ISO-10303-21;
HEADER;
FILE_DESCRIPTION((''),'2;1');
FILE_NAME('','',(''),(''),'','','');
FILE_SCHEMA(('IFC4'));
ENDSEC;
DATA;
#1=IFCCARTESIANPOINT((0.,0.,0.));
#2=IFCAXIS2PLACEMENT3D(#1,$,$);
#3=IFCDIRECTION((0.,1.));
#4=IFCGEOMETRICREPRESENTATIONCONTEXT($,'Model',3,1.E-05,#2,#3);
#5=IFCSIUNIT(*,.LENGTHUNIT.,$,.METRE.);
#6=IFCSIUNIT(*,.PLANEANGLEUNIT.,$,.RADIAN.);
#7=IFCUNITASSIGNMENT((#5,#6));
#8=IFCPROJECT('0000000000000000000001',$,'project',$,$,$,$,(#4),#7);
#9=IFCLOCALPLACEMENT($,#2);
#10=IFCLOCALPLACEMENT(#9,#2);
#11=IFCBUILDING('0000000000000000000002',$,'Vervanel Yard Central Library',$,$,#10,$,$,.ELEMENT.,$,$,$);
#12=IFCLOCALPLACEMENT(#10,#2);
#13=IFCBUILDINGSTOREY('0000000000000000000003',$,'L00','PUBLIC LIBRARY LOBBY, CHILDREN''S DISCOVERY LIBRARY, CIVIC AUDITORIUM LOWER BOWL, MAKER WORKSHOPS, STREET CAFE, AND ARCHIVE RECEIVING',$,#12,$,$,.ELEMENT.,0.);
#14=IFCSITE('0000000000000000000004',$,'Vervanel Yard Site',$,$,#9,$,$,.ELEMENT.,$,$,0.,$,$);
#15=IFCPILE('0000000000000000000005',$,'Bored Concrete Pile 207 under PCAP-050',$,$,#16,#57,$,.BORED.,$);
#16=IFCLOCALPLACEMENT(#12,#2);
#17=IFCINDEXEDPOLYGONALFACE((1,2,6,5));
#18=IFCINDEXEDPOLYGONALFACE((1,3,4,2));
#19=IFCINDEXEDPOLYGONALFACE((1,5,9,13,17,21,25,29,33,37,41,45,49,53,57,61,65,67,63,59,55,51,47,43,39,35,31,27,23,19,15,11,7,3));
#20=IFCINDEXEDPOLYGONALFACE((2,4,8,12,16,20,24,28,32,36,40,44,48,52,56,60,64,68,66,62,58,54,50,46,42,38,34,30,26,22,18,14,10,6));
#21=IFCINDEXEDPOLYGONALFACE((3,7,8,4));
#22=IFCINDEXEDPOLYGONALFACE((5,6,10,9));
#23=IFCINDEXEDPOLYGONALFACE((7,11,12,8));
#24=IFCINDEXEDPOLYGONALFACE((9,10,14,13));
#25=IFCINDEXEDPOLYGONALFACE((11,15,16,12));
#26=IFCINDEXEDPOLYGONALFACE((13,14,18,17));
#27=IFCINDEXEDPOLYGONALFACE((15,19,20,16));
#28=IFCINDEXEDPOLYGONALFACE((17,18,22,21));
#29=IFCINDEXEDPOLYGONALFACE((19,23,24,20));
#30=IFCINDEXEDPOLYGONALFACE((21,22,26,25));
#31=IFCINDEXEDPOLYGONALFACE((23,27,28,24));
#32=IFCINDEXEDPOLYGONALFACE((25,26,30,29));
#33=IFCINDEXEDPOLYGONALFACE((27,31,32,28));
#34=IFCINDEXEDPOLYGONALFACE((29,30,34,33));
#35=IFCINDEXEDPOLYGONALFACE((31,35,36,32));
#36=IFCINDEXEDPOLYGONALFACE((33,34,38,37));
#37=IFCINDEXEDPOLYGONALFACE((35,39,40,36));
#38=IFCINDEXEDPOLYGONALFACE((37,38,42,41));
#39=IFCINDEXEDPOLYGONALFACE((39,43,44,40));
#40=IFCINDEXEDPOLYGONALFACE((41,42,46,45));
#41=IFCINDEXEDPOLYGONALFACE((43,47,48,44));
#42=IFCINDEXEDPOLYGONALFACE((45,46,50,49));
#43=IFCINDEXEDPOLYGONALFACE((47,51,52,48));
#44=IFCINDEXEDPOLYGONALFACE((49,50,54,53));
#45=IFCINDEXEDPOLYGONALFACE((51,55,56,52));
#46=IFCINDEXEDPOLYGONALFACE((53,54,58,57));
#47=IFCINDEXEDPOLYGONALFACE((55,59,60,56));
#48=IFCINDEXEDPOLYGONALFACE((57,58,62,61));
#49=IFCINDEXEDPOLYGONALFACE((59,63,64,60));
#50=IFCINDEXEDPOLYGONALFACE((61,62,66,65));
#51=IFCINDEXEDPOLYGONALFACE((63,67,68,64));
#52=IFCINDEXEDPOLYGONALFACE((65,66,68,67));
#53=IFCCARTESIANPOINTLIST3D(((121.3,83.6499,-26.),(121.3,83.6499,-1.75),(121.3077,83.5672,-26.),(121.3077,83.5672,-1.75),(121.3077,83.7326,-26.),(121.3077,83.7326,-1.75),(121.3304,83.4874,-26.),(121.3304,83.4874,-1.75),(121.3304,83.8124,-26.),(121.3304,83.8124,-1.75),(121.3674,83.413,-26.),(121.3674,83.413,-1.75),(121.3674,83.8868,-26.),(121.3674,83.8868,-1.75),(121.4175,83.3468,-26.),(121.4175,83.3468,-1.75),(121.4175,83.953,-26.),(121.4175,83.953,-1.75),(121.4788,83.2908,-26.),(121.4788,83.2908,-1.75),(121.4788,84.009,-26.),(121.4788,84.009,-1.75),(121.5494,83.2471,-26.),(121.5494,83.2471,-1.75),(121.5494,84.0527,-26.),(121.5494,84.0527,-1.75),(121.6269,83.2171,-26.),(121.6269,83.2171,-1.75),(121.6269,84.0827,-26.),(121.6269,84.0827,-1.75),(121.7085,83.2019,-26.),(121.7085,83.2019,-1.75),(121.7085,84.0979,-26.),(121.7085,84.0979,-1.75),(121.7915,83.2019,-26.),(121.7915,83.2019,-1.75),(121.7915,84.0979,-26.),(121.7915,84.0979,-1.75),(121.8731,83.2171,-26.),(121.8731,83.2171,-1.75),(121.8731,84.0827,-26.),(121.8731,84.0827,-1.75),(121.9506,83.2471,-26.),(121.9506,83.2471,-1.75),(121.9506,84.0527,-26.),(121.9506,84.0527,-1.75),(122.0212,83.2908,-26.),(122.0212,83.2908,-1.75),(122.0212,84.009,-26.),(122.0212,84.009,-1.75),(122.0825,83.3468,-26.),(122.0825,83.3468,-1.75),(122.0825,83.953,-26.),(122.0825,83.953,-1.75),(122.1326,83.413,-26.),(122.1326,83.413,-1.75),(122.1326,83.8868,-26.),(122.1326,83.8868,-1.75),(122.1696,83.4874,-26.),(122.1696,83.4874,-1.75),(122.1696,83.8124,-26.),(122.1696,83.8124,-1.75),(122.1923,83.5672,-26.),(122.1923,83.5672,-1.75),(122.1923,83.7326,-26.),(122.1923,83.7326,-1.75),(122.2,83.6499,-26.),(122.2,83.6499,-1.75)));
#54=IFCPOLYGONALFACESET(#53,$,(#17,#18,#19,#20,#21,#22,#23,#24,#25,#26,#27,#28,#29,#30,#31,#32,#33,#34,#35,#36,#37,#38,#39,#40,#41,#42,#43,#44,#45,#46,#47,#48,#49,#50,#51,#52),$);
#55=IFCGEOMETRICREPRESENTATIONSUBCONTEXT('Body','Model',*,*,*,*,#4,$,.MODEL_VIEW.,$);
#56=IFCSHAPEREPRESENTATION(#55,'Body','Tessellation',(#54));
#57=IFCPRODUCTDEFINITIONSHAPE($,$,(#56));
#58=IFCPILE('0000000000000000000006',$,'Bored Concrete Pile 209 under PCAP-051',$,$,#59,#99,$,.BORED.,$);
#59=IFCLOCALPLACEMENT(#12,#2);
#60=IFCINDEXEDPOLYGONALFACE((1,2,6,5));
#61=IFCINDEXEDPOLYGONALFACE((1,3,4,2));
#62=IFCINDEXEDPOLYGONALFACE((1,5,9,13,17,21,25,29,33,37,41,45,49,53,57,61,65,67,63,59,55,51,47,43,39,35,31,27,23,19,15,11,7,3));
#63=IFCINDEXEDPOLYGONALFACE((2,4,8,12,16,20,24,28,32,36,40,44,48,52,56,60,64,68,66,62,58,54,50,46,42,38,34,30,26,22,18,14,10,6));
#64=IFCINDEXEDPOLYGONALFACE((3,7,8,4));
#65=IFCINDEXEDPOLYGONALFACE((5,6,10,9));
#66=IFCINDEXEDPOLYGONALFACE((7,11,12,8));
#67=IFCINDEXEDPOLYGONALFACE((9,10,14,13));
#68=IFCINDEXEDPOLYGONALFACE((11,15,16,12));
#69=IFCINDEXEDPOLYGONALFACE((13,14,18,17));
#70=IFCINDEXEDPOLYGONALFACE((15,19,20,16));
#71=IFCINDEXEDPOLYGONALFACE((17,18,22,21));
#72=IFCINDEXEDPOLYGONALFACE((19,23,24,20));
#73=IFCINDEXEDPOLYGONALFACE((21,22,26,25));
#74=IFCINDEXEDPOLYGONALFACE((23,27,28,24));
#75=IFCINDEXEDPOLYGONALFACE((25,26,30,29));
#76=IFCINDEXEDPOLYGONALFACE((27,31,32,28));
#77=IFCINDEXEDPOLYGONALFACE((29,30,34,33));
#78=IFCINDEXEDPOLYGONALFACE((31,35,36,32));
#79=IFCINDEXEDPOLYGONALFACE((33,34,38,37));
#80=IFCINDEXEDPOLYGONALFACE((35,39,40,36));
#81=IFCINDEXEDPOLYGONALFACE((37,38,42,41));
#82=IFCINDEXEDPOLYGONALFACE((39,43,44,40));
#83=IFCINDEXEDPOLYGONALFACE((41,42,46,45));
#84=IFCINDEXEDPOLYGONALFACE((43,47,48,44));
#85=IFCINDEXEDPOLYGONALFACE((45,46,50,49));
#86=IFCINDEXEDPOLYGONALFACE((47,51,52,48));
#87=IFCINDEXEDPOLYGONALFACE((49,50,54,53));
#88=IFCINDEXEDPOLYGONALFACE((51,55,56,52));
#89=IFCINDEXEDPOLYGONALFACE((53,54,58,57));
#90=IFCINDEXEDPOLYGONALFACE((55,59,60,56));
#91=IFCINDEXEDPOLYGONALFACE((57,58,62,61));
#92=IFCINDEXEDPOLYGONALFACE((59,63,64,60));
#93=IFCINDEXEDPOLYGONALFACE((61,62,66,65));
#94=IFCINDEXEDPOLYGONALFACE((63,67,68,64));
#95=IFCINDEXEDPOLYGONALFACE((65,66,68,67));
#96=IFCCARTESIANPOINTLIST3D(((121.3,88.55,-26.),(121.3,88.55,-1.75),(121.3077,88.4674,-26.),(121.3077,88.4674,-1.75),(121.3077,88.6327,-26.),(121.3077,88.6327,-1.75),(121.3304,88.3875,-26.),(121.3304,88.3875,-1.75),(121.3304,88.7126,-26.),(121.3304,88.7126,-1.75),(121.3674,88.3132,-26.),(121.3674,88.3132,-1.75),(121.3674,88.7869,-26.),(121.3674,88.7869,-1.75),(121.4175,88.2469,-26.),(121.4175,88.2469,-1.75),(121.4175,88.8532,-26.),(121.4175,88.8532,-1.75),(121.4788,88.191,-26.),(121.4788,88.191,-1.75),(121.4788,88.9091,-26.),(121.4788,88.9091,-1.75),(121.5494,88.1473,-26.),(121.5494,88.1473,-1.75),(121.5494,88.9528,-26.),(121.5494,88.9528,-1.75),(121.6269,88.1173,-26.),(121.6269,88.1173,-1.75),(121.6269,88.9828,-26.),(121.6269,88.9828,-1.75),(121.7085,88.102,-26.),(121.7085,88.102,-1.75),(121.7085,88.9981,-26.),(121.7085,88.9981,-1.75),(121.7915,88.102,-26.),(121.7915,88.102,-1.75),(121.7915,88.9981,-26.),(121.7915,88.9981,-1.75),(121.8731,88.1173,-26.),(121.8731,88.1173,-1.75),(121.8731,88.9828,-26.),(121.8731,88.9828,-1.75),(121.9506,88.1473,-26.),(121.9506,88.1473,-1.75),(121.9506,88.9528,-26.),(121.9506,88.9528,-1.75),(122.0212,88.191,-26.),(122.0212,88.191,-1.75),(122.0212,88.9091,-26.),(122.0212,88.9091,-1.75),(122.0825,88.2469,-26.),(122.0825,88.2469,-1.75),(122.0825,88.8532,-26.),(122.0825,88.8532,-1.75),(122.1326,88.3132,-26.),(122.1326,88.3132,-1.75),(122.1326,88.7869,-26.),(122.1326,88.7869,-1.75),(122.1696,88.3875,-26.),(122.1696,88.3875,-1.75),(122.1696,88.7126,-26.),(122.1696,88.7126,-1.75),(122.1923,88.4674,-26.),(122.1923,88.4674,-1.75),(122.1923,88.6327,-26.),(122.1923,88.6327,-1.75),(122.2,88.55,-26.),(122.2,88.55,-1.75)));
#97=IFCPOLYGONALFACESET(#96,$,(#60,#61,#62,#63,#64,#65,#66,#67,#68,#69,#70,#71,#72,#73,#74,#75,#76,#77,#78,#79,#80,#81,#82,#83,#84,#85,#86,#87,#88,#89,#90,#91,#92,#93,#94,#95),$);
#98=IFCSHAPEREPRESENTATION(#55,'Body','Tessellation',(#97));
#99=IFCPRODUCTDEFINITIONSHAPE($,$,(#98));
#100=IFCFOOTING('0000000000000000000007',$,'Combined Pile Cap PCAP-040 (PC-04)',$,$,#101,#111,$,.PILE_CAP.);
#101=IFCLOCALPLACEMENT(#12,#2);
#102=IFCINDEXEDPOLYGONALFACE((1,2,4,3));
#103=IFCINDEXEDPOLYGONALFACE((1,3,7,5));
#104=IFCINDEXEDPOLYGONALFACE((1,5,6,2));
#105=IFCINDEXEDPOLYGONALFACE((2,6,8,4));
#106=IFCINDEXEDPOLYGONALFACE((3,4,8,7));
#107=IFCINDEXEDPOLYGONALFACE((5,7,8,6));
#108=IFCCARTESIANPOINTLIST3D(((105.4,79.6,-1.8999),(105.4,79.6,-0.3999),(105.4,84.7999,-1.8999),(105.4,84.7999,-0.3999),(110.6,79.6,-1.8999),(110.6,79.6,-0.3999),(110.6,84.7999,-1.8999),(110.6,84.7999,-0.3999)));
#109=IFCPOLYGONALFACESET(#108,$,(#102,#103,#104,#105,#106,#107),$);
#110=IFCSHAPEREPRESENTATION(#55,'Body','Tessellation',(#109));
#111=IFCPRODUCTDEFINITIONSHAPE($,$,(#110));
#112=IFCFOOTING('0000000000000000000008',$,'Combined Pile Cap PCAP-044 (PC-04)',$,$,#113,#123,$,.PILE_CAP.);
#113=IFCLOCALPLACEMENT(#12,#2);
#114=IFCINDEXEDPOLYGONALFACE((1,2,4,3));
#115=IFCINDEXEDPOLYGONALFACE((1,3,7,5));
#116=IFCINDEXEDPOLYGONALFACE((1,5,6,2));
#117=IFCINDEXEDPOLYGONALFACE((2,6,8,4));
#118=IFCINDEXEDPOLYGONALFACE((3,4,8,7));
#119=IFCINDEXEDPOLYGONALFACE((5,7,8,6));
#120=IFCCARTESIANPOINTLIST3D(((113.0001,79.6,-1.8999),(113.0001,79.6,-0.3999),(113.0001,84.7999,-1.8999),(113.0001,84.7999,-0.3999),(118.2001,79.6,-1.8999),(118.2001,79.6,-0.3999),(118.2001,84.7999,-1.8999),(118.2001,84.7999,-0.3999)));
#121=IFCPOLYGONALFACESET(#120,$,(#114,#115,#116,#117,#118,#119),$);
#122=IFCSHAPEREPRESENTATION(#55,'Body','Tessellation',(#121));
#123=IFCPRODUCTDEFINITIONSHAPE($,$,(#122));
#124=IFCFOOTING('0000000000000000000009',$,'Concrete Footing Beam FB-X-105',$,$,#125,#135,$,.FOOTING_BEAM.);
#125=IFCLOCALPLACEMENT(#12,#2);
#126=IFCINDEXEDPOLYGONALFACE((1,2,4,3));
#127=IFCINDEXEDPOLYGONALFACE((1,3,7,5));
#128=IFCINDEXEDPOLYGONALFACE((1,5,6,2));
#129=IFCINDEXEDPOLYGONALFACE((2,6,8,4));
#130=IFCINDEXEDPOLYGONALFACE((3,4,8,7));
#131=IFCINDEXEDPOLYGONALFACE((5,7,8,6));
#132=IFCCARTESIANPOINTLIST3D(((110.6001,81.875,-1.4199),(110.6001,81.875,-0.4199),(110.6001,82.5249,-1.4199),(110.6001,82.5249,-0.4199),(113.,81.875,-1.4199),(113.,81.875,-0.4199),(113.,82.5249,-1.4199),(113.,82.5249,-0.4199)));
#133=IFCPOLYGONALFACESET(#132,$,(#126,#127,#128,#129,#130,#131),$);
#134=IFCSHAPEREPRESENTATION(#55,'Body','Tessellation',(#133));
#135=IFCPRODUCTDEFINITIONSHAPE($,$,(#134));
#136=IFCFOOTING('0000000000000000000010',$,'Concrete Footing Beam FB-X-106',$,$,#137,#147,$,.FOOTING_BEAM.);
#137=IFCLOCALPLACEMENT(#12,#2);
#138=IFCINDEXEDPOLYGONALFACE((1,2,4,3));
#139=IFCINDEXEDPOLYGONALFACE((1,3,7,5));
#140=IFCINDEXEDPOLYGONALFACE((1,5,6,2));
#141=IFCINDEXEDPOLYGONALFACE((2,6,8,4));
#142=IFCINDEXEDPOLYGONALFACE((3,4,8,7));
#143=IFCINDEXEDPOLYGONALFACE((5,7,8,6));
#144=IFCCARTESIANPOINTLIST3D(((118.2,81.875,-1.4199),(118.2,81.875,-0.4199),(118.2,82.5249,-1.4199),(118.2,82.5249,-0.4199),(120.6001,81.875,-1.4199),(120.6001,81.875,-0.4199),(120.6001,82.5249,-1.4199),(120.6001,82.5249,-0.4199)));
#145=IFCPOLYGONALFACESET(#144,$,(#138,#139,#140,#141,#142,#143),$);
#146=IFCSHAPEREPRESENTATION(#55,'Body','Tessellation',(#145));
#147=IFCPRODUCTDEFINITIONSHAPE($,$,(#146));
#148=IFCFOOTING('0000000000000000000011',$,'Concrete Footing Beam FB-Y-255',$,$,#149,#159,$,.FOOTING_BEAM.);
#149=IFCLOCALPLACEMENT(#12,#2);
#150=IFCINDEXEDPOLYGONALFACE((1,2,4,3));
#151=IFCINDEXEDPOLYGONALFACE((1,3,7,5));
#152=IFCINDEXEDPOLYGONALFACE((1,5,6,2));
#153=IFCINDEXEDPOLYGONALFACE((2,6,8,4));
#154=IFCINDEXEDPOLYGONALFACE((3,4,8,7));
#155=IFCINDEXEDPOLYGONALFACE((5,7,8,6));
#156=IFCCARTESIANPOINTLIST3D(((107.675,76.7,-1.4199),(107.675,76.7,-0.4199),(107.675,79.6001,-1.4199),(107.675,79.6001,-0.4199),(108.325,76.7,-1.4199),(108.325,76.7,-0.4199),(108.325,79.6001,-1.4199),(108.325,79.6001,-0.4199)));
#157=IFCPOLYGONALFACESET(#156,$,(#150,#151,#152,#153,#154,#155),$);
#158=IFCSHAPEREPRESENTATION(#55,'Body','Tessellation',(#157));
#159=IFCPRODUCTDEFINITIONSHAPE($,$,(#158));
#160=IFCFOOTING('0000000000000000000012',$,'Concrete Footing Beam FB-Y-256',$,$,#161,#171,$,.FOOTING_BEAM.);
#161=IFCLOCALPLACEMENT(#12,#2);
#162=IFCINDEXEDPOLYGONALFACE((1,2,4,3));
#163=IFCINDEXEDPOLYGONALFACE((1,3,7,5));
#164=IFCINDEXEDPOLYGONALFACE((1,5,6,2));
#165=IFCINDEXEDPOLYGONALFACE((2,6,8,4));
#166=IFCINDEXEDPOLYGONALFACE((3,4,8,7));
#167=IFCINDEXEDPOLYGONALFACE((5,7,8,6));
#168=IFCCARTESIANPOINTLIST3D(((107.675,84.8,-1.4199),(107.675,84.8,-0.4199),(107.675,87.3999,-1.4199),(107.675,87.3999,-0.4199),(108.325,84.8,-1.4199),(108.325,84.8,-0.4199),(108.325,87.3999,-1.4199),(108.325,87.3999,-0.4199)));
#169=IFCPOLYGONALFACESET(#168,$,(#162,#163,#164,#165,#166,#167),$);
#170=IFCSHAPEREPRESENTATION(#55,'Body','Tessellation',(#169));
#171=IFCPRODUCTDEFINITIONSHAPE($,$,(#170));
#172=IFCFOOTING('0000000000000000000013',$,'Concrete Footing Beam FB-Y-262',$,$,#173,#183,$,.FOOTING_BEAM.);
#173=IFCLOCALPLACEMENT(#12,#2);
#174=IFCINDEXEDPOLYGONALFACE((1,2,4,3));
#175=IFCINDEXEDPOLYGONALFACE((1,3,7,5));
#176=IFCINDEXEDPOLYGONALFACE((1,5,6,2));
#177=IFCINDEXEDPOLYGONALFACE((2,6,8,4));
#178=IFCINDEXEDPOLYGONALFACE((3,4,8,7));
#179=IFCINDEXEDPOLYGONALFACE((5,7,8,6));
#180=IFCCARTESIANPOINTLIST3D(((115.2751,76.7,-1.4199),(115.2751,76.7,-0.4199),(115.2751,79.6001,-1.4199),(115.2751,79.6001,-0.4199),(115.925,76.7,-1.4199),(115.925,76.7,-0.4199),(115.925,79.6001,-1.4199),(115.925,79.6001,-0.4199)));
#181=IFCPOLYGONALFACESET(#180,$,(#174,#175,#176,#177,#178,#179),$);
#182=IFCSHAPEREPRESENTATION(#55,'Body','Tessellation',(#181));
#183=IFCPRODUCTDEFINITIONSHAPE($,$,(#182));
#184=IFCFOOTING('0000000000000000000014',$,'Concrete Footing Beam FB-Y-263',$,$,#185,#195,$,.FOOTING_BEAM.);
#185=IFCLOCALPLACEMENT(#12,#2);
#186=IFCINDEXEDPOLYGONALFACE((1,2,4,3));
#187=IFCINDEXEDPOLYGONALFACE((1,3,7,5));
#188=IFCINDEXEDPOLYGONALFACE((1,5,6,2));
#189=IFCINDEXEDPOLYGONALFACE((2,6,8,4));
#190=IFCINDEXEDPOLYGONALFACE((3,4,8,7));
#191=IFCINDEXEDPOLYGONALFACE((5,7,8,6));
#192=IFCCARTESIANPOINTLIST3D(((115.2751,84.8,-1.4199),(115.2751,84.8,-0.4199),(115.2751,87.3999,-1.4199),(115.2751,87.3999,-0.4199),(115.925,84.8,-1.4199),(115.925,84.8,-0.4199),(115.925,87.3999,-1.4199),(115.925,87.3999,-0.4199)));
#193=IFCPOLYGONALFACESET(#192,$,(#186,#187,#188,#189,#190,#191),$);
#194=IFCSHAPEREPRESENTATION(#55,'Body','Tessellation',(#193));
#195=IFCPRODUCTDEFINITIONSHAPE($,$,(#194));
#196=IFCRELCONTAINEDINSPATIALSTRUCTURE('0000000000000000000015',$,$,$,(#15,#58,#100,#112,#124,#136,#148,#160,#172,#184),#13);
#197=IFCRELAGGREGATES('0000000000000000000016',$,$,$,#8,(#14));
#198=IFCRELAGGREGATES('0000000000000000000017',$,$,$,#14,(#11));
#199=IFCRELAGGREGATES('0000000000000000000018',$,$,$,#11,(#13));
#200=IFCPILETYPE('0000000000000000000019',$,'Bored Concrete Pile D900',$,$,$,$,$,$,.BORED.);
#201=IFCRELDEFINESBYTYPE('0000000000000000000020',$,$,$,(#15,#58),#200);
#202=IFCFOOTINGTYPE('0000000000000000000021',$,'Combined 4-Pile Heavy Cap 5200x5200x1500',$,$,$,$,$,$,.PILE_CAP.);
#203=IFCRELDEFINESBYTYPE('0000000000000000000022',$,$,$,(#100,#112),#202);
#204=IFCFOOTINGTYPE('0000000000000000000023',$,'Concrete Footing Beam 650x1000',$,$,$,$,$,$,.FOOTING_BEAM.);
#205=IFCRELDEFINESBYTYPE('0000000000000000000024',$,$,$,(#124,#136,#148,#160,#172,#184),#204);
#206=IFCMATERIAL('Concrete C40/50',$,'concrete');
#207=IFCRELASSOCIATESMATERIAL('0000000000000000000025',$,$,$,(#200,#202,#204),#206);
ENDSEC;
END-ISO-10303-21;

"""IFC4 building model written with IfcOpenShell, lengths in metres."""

from ifc_helpers import new_model, si_unit, direction, frame, origin, origin_2d, place, context, subcontext, project, spatial, rectangle, circle, extrude, material, material_profile, profile_set, type_object, element, save


model = new_model("IFC4")

# Units and contexts
model_context = context("Model", 3, precision=1e-05, world=origin(), true_north=direction((0.0, 1.0)))
body_context = subcontext(model_context, "Body", "Model", "MODEL_VIEW")
ifc_project = project(units=[si_unit("LENGTHUNIT", "METRE"), si_unit("PLANEANGLEUNIT", "RADIAN")], contexts=[model_context])

# Site, building, storey
site_placement = place(None, origin())
site = spatial("IfcSite", under=ifc_project, at=site_placement, Name="Vervanel Yard Site", CompositionType="ELEMENT", RefElevation=0.0)
building_placement = place(site_placement, origin())
building = spatial("IfcBuilding", under=site, at=building_placement, Name="Vervanel Yard Central Library", CompositionType="ELEMENT")
storey_placement = place(building_placement, origin())
storey = spatial("IfcBuildingStorey", under=building, at=storey_placement, Name="L00", Description="PUBLIC LIBRARY LOBBY, CHILDREN'S DISCOVERY LIBRARY, CIVIC AUDITORIUM LOWER BOWL, MAKER WORKSHOPS, STREET CAFE, AND ARCHIVE RECEIVING", CompositionType="ELEMENT", Elevation=0.0)

# Piles
ifc_material_1 = material(Name="Concrete C40/50", Category="concrete")
ifc_material_profile_1 = material_profile(ifc_material_1, circle(Radius=0.45, at=origin_2d()), Name="BP D900", Category="concrete")
ifc_profile_set_1 = profile_set([ifc_material_profile_1], Name="Concrete C40/50")
pile_type_1 = type_object("IfcPileType", Name="Bored Concrete Pile D900", PredefinedType="BORED", material=ifc_profile_set_1)
for number, where, z_axis, x_axis, name in (
    (1, (121.75, 83.6499, -1.75), (0.0, 0.0, -1.0), (1.0, 0.0, 0.0), "Bored Concrete Pile 207 under PCAP-050"),
    (2, (121.75, 88.55, -1.75), (0.0, 0.0, -1.0), (1.0, 0.0, 0.0), "Bored Concrete Pile 209 under PCAP-051"),
):
    element("IfcPile", number, at=place(storey_placement, frame(where, z_axis=z_axis, x_axis=x_axis)), inside=storey, type_object=pile_type_1, Name=name, PredefinedType="BORED", context=body_context, shape_type="SweptSolid", body=[
        extrude(circle(Radius=0.45, at=origin_2d()), origin(), (0.0, 0.0, 1.0), 24.25),
    ])

# Footings
footing_type_1 = type_object("IfcFootingType", Name="Combined 4-Pile Heavy Cap 5200x5200x1500", PredefinedType="PILE_CAP", material=ifc_material_1)
for number, where, z_axis, x_axis, name in (
    (3, (108.0, 82.2, -1.8999), (0.0, 0.0, 1.0), (1.0, 0.0, 0.0), "Combined Pile Cap PCAP-040 (PC-04)"),
    (4, (115.6001, 82.2, -1.8999), (0.0, 0.0, 1.0), (1.0, 0.0, 0.0), "Combined Pile Cap PCAP-044 (PC-04)"),
):
    element("IfcFooting", number, at=place(storey_placement, frame(where, z_axis=z_axis, x_axis=x_axis)), inside=storey, type_object=footing_type_1, Name=name, PredefinedType="PILE_CAP", context=body_context, shape_type="SweptSolid", body=[
        extrude(rectangle(XDim=5.2, YDim=5.2, at=origin_2d()), origin(), (0.0, 0.0, 1.0), 1.5),
    ])
ifc_material_profile_2 = material_profile(ifc_material_1, rectangle(XDim=0.6499, YDim=1.0, at=origin_2d()), Name="RC 650x1000", Category="concrete")
ifc_profile_set_2 = profile_set([ifc_material_profile_2], Name="Concrete C40/50")
footing_type_2 = type_object("IfcFootingType", Name="Concrete Footing Beam 650x1000", PredefinedType="FOOTING_BEAM", material=ifc_profile_set_2)
footing_1_placement = place(storey_placement, frame((110.6001, 82.2, -0.9199), z_axis=(1.0, 0.0, 0.0), x_axis=(0.0, 1.0, 0.0)))
element("IfcFooting", 5, at=footing_1_placement, inside=storey, type_object=footing_type_2, Name="Concrete Footing Beam FB-X-105", PredefinedType="FOOTING_BEAM", context=body_context, shape_type="SweptSolid", body=[
    extrude(rectangle(XDim=0.6499, YDim=1.0, at=origin_2d()), origin(), (0.0, 0.0, 1.0), 2.3999),
])
footing_2_placement = place(storey_placement, frame((118.2, 82.2, -0.9199), z_axis=(1.0, 0.0, 0.0), x_axis=(0.0, 1.0, 0.0)))
element("IfcFooting", 6, at=footing_2_placement, inside=storey, type_object=footing_type_2, Name="Concrete Footing Beam FB-X-106", PredefinedType="FOOTING_BEAM", context=body_context, shape_type="SweptSolid", body=[
    extrude(rectangle(XDim=0.6499, YDim=1.0, at=origin_2d()), origin(), (0.0, 0.0, 1.0), 2.4001),
])
footing_3_placement = place(storey_placement, frame((108.0, 76.7, -0.9199), z_axis=(0.0, 1.0, 0.0), x_axis=(-1.0, 0.0, 0.0)))
element("IfcFooting", 7, at=footing_3_placement, inside=storey, type_object=footing_type_2, Name="Concrete Footing Beam FB-Y-255", PredefinedType="FOOTING_BEAM", context=body_context, shape_type="SweptSolid", body=[
    extrude(rectangle(XDim=0.6499, YDim=1.0, at=origin_2d()), origin(), (0.0, 0.0, 1.0), 2.9001),
])
footing_4_placement = place(storey_placement, frame((108.0, 84.8, -0.9199), z_axis=(0.0, 1.0, 0.0), x_axis=(-1.0, 0.0, 0.0)))
element("IfcFooting", 8, at=footing_4_placement, inside=storey, type_object=footing_type_2, Name="Concrete Footing Beam FB-Y-256", PredefinedType="FOOTING_BEAM", context=body_context, shape_type="SweptSolid", body=[
    extrude(rectangle(XDim=0.6499, YDim=1.0, at=origin_2d()), origin(), (0.0, 0.0, 1.0), 2.5999),
])
footing_5_placement = place(storey_placement, frame((115.6001, 76.7, -0.9199), z_axis=(0.0, 1.0, 0.0), x_axis=(-1.0, 0.0, 0.0)))
element("IfcFooting", 9, at=footing_5_placement, inside=storey, type_object=footing_type_2, Name="Concrete Footing Beam FB-Y-262", PredefinedType="FOOTING_BEAM", context=body_context, shape_type="SweptSolid", body=[
    extrude(rectangle(XDim=0.6499, YDim=1.0, at=origin_2d()), origin(), (0.0, 0.0, 1.0), 2.9001),
])
footing_6_placement = place(storey_placement, frame((115.6001, 84.8, -0.9199), z_axis=(0.0, 1.0, 0.0), x_axis=(-1.0, 0.0, 0.0)))
element("IfcFooting", 10, at=footing_6_placement, inside=storey, type_object=footing_type_2, Name="Concrete Footing Beam FB-Y-263", PredefinedType="FOOTING_BEAM", context=body_context, shape_type="SweptSolid", body=[
    extrude(rectangle(XDim=0.6499, YDim=1.0, at=origin_2d()), origin(), (0.0, 0.0, 1.0), 2.5999),
])

save(model, "model.ifc")
